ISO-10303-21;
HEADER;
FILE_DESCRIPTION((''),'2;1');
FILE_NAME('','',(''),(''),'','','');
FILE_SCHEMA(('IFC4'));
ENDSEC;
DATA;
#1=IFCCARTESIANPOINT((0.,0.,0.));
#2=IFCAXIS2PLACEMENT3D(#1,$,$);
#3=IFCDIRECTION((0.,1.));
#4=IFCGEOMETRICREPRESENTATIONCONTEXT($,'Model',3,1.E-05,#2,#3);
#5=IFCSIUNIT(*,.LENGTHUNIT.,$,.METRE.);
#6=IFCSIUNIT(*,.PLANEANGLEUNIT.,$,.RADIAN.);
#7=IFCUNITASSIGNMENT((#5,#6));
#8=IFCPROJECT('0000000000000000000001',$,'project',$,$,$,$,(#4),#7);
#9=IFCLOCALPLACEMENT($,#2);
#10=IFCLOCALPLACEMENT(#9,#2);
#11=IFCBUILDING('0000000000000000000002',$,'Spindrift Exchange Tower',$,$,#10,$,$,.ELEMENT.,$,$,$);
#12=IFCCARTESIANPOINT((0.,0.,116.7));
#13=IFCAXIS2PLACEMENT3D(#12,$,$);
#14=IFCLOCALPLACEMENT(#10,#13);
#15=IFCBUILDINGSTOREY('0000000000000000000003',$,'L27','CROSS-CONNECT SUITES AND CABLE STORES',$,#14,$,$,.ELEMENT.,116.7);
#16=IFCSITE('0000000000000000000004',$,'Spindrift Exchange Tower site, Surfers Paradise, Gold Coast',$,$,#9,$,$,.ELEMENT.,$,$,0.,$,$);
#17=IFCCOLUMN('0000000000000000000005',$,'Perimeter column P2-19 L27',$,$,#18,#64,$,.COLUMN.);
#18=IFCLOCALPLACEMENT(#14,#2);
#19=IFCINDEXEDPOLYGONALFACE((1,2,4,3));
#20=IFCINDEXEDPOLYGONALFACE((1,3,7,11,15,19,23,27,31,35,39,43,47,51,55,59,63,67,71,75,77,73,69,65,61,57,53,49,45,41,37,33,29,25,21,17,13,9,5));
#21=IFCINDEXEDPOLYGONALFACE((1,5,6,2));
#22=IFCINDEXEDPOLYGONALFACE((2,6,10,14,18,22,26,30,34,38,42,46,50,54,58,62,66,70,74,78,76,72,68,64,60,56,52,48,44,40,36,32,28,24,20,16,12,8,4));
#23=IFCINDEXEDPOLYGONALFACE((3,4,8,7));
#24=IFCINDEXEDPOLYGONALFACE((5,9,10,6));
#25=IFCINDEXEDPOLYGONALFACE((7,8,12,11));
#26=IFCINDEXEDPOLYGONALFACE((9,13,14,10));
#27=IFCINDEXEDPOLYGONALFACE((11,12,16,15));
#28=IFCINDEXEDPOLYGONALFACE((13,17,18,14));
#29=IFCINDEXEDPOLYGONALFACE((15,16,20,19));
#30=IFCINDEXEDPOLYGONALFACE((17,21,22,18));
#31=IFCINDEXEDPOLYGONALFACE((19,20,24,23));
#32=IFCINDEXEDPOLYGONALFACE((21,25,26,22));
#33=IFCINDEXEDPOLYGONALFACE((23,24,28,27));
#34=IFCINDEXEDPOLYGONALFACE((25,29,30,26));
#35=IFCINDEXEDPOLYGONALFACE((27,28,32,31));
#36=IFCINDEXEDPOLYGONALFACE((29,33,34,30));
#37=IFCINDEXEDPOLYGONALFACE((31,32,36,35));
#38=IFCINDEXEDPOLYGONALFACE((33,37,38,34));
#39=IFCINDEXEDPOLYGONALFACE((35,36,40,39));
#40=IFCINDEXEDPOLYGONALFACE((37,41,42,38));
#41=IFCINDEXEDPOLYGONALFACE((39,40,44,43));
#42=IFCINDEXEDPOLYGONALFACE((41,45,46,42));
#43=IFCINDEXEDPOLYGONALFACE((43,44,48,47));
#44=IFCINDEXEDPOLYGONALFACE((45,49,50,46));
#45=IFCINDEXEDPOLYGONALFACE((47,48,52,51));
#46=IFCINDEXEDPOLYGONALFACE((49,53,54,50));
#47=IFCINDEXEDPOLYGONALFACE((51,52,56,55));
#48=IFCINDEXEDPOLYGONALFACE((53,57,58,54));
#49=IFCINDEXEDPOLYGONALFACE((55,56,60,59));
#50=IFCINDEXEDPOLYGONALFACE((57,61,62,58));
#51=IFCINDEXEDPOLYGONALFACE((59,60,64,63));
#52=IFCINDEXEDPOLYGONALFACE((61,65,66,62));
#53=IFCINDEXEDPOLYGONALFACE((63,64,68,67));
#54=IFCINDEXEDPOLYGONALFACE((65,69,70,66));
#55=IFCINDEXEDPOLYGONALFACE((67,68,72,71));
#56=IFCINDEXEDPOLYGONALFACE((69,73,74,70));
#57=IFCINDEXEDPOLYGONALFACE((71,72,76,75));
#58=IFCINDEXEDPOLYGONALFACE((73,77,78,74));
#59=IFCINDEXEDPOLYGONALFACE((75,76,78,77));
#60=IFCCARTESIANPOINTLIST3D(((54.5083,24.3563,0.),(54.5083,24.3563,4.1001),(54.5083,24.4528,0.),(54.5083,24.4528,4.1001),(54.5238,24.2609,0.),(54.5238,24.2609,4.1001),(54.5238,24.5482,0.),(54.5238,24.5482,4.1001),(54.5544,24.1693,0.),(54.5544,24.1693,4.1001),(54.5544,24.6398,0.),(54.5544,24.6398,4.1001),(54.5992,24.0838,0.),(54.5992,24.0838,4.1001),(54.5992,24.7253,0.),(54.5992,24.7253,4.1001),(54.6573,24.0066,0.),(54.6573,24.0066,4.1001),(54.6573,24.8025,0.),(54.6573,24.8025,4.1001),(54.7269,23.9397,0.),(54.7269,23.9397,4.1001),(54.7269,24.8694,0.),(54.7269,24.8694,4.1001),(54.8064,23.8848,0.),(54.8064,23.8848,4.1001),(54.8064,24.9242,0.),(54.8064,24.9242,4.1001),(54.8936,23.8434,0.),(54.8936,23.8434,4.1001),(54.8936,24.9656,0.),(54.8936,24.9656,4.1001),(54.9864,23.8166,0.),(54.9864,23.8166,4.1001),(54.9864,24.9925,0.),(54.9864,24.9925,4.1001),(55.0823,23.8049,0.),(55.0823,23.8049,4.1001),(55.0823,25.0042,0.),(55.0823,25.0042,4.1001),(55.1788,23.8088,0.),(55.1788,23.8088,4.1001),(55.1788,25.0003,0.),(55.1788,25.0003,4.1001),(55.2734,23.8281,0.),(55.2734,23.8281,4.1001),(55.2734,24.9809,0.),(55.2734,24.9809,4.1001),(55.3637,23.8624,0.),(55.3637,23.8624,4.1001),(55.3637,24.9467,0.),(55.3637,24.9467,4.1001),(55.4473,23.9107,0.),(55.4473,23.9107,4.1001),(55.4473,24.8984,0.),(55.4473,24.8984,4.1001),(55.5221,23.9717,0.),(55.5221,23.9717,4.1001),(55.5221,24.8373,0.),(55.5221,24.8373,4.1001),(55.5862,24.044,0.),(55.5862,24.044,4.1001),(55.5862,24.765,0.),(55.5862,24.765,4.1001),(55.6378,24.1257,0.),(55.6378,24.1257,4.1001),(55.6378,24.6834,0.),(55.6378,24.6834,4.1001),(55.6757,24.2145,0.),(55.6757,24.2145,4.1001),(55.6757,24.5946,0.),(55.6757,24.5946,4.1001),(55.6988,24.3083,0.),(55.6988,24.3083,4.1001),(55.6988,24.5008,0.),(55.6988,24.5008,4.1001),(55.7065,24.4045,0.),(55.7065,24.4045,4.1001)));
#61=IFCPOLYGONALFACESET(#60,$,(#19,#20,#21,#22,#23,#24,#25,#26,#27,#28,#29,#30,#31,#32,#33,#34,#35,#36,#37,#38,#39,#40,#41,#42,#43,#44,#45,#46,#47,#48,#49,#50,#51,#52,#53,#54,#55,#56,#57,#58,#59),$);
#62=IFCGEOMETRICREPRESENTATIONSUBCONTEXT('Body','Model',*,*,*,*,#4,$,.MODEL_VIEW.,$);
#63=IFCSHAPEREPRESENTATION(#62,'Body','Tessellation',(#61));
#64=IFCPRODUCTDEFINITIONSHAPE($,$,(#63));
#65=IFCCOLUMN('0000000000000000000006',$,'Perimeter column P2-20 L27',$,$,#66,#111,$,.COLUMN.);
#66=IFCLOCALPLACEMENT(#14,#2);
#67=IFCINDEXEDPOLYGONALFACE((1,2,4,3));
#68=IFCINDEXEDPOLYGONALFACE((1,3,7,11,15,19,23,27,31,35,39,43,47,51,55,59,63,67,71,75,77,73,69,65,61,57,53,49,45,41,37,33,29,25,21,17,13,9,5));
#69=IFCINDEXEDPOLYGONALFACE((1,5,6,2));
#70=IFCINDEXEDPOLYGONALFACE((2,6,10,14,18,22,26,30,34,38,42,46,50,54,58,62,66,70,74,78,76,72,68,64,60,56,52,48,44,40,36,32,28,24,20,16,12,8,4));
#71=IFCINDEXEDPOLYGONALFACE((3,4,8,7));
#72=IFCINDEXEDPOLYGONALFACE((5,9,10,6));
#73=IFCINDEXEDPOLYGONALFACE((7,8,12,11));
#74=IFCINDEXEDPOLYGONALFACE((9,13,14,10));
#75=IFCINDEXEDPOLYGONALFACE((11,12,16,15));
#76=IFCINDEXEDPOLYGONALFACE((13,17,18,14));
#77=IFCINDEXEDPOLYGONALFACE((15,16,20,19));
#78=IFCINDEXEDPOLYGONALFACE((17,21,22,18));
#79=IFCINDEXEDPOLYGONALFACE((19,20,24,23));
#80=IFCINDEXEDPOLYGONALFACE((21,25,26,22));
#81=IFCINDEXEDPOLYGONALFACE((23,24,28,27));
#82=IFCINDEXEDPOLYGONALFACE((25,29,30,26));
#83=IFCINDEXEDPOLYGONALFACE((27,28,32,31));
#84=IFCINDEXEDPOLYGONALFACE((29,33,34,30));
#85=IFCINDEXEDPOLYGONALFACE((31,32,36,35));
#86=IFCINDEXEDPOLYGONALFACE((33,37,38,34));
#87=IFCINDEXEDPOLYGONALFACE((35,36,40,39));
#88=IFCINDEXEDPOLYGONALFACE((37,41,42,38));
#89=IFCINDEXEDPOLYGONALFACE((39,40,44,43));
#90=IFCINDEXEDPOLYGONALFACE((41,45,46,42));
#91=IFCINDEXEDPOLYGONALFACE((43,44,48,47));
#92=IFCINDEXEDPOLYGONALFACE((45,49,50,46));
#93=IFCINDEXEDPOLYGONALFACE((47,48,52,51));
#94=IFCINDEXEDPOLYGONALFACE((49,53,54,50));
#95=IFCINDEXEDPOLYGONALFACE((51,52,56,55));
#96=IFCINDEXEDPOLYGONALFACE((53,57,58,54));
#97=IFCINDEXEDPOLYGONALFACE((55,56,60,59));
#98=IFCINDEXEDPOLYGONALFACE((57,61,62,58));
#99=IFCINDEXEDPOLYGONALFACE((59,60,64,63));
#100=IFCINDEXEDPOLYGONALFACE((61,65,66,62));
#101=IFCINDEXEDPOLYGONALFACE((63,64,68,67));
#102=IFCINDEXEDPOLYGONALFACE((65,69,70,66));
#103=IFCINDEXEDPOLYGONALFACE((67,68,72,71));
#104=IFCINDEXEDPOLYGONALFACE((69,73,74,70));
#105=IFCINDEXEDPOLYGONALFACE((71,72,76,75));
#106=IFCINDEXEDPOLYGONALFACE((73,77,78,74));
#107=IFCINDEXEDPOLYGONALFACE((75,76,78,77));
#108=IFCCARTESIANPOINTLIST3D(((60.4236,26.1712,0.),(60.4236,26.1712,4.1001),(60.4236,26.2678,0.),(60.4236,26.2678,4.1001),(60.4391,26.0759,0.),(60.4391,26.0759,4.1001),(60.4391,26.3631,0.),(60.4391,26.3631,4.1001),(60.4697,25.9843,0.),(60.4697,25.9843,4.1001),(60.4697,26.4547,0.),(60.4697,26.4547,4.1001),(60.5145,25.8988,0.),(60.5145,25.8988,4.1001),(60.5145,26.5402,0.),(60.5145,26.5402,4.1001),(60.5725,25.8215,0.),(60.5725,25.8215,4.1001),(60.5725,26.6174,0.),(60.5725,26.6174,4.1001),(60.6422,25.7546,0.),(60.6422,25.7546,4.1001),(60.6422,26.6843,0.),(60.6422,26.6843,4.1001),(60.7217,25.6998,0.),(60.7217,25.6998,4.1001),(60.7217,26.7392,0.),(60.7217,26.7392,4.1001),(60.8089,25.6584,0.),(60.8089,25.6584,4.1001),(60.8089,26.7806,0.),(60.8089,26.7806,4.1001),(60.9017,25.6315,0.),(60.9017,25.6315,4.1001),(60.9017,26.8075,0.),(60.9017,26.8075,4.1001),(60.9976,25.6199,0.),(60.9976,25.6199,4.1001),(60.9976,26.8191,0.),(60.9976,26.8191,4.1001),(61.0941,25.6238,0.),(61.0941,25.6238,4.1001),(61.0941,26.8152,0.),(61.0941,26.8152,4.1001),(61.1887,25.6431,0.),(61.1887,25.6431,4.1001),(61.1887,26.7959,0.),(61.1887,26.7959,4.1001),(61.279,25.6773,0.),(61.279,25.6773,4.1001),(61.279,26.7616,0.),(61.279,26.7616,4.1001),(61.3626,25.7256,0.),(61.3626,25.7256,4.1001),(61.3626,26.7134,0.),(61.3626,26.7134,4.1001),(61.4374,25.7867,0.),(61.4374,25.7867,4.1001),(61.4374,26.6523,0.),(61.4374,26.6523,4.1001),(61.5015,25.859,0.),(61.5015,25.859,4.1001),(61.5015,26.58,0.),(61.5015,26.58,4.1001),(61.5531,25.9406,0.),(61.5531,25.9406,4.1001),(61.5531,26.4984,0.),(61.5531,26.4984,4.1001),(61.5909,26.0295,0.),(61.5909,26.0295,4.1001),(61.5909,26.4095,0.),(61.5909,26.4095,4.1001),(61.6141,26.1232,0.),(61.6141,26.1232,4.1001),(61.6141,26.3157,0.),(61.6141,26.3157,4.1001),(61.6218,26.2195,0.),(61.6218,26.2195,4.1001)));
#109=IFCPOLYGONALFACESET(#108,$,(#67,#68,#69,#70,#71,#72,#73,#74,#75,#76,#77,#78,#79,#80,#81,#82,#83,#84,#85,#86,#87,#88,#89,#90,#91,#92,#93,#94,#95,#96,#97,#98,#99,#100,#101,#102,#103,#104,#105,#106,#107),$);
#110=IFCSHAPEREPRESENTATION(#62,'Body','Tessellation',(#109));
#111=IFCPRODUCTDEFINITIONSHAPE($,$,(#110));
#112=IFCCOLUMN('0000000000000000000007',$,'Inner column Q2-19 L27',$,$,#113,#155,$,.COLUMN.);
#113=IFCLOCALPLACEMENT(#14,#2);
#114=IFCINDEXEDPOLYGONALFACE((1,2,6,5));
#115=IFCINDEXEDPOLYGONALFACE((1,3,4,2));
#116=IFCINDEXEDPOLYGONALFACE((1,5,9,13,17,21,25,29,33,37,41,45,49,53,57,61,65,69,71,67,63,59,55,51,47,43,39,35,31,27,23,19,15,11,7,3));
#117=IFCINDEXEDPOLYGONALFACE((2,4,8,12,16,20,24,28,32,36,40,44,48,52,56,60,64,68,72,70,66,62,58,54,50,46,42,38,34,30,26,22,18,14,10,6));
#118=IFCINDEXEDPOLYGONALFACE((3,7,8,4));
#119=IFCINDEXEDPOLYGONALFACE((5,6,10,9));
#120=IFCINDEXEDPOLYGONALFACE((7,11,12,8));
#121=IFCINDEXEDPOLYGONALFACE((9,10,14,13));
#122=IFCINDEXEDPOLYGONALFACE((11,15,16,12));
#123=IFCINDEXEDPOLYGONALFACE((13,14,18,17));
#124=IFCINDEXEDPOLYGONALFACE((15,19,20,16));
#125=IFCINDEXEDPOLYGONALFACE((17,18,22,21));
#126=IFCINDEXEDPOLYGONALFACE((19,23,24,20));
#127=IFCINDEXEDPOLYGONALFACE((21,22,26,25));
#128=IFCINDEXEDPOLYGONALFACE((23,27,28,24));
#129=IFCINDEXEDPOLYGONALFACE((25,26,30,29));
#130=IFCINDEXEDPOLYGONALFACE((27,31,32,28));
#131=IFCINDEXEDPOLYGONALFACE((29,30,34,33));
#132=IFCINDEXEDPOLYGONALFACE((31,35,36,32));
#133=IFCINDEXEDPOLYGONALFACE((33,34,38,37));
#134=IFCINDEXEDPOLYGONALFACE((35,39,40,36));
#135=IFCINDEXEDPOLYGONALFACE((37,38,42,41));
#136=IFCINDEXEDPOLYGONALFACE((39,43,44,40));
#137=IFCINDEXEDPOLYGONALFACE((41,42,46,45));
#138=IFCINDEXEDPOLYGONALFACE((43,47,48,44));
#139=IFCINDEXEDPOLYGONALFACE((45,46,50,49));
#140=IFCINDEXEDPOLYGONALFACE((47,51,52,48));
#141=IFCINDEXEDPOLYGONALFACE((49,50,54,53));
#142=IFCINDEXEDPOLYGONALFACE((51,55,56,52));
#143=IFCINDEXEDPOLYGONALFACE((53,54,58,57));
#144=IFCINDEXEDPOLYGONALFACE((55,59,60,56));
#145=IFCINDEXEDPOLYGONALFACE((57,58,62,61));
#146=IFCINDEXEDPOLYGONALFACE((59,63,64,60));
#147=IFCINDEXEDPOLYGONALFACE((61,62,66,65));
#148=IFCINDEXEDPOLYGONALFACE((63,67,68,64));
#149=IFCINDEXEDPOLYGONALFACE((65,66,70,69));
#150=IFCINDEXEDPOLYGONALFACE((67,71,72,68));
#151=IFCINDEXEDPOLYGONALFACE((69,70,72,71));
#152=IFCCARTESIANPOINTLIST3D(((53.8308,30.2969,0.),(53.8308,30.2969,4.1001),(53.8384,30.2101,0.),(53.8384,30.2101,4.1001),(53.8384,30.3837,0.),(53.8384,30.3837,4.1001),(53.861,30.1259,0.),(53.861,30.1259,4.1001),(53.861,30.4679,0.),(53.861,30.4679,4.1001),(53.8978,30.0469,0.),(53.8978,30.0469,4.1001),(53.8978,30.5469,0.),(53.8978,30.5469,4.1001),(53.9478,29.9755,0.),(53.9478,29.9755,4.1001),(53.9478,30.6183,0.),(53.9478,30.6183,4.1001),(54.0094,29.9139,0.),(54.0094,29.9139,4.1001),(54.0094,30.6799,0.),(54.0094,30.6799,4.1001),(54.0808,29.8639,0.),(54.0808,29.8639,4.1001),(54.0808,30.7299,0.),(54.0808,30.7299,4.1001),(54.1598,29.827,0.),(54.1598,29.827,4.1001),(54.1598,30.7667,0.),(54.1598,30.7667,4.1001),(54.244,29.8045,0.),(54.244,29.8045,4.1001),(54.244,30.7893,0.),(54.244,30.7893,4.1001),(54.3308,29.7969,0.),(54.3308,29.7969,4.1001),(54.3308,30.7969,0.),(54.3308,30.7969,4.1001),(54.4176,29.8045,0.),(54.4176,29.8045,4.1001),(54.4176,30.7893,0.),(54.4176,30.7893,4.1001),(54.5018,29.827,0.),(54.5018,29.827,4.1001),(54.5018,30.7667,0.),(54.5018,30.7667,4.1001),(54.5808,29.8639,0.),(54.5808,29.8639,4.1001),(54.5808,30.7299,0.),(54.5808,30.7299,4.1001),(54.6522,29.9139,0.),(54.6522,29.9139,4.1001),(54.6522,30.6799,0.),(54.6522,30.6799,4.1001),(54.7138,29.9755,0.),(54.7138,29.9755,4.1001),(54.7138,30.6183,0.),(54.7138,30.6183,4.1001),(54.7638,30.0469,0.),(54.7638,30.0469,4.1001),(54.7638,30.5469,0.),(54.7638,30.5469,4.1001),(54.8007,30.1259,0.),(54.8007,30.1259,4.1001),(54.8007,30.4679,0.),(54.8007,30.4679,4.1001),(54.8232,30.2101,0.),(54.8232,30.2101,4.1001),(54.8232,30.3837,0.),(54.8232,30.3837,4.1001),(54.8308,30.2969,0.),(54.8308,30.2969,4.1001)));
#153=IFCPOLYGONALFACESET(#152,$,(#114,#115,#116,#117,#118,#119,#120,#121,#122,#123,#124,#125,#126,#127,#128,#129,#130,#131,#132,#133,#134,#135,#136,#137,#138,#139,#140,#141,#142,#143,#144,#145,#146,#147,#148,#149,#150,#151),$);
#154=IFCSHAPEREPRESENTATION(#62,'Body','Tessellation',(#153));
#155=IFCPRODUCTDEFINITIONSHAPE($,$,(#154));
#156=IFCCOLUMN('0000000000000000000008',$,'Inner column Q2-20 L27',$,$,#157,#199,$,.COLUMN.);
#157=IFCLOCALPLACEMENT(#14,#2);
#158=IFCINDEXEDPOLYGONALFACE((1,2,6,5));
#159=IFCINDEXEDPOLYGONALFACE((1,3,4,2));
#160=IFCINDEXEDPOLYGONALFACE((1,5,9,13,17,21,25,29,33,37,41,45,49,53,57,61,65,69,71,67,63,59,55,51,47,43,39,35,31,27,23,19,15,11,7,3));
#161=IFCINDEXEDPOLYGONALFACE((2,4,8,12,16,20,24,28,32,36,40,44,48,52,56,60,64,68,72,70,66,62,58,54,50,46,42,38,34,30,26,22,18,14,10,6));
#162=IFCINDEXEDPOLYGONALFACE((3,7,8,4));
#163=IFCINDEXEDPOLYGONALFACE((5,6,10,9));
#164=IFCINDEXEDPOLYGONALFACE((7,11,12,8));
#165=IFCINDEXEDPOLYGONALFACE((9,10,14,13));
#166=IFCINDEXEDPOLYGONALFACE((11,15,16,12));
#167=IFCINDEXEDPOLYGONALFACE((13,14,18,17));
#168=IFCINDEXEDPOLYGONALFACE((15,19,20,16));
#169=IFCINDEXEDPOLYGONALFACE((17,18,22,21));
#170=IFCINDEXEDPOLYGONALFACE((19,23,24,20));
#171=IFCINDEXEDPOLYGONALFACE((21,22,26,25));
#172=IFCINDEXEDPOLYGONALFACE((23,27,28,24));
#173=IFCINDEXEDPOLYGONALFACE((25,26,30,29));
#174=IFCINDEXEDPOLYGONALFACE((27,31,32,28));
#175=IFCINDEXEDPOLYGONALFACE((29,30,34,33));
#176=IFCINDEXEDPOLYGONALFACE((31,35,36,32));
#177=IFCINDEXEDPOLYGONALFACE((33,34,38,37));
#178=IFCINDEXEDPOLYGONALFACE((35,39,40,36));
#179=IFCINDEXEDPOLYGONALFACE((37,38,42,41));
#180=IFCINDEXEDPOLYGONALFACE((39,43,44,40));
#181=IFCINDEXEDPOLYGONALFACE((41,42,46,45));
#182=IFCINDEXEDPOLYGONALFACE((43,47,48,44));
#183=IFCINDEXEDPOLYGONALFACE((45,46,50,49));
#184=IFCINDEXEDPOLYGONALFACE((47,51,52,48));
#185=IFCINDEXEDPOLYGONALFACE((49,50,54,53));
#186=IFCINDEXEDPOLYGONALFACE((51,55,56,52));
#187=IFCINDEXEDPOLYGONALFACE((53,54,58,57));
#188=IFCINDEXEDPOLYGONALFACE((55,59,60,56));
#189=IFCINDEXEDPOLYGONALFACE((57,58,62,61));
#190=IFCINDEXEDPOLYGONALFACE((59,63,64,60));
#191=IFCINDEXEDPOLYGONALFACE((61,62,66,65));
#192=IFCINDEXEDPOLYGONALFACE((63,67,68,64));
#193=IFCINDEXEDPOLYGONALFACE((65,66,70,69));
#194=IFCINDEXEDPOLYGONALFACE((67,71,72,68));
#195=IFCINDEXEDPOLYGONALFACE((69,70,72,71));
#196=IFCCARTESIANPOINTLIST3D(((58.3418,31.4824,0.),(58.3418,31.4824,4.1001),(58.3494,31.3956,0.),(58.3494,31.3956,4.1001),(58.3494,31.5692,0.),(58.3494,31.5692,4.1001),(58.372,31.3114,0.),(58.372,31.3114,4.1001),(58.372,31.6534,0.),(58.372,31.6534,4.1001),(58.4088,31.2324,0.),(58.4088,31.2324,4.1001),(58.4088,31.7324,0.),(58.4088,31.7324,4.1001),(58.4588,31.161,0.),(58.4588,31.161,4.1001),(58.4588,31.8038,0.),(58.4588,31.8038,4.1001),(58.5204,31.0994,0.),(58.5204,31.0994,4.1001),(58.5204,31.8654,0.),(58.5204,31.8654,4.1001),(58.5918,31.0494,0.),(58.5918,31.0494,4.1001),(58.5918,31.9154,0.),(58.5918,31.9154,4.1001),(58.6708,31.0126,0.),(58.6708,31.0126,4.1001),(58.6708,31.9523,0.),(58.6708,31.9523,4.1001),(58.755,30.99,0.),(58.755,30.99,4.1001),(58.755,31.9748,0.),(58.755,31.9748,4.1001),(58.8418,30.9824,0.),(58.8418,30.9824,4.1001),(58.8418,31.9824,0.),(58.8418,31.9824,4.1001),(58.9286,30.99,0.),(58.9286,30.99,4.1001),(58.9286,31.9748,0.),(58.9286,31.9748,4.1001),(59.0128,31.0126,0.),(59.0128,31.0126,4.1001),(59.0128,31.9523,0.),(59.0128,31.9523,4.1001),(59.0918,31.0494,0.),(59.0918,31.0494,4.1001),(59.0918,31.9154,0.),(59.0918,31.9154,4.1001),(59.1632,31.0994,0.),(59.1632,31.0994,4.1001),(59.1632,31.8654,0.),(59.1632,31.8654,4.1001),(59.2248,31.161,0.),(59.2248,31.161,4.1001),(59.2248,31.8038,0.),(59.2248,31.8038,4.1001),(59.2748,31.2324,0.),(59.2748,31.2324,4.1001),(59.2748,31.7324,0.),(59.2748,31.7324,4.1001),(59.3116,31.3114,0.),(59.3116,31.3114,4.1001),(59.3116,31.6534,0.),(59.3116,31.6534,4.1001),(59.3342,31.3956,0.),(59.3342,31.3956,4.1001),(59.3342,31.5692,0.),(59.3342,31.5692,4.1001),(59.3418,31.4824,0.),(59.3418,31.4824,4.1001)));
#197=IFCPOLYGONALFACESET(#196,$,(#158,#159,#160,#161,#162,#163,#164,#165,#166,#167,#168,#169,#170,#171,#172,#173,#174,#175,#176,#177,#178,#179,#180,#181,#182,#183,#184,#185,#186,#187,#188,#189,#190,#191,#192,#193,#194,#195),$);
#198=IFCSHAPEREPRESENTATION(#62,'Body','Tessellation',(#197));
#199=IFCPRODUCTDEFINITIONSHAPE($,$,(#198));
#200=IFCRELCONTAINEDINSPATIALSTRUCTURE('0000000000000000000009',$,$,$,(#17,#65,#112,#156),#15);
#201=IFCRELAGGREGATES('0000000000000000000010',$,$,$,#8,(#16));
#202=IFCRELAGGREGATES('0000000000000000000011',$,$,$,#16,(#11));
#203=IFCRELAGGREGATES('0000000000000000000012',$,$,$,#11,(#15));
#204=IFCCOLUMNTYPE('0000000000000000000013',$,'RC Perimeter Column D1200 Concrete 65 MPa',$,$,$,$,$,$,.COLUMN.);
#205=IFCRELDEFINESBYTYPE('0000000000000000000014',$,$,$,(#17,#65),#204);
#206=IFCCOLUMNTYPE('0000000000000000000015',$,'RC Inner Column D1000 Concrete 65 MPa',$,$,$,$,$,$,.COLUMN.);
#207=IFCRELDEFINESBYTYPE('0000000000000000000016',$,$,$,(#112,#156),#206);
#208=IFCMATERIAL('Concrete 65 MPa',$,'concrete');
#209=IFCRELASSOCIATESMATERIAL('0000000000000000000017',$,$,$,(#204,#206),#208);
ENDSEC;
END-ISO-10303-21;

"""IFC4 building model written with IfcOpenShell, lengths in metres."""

from ifc_helpers import new_model, si_unit, direction, frame, origin, origin_2d, place, context, subcontext, project, spatial, circle, extrude, source, transform, mapped, material, material_profile, profile_set, type_object, element, save


model = new_model("IFC4")

# Units and contexts
model_context = context("Model", 3, precision=1e-05, world=origin(), true_north=direction((0.0, 1.0)))
body_context = subcontext(model_context, "Body", "Model", "MODEL_VIEW")
ifc_project = project(units=[si_unit("LENGTHUNIT", "METRE"), si_unit("PLANEANGLEUNIT", "RADIAN")], contexts=[model_context])

# Site, building, storey
site_placement = place(None, origin())
site = spatial("IfcSite", under=ifc_project, at=site_placement, Name="Spindrift Exchange Tower site, Surfers Paradise, Gold Coast", CompositionType="ELEMENT", RefElevation=0.0)
building_placement = place(site_placement, origin())
building = spatial("IfcBuilding", under=site, at=building_placement, Name="Spindrift Exchange Tower", CompositionType="ELEMENT")
storey_placement = place(building_placement, frame((0.0, 0.0, 116.7)))
storey = spatial("IfcBuildingStorey", under=building, at=storey_placement, Name="L27", Description="CROSS-CONNECT SUITES AND CABLE STORES", CompositionType="ELEMENT", Elevation=116.7)

# Columns
ifc_material_1 = material(Name="Concrete 65 MPa", Category="concrete")
ifc_material_profile_1 = material_profile(ifc_material_1, circle(Radius=0.6001, at=origin_2d()), Name="RC D1200")
ifc_profile_set_1 = profile_set([ifc_material_profile_1], Name="Concrete 65 MPa")
column_type_1 = type_object("IfcColumnType", Name="RC Perimeter Column D1200 Concrete 65 MPa", PredefinedType="COLUMN", material=ifc_profile_set_1)
shared_shape_1 = source(origin(), body_context, "Body", "SweptSolid", [
    extrude(circle(Radius=0.6001, at=origin_2d()), origin(), (0.0, 0.0, 1.0), 4.1001),
])
for number, where, z_axis, x_axis, name in (
    (1, (55.1064, 24.4045, 0.0), (0.0, 0.0, 1.0), (1.0, 0.0, 0.0), "Perimeter column P2-19 L27"),
    (2, (61.0217, 26.2195, 0.0), (0.0, 0.0, 1.0), (1.0, 0.0, 0.0), "Perimeter column P2-20 L27"),
):
    element("IfcColumn", number, at=place(storey_placement, frame(where, z_axis=z_axis, x_axis=x_axis)), inside=storey, type_object=column_type_1, Name=name, PredefinedType="COLUMN", context=body_context, shape_type="MappedRepresentation", body=[
        mapped(shared_shape_1, transform((0.0, 0.0, 0.0), scale=1.0)),
    ])
ifc_material_profile_2 = material_profile(ifc_material_1, circle(Radius=0.5, at=origin_2d()), Name="RC D1000")
ifc_profile_set_2 = profile_set([ifc_material_profile_2], Name="Concrete 65 MPa")
column_type_2 = type_object("IfcColumnType", Name="RC Inner Column D1000 Concrete 65 MPa", PredefinedType="COLUMN", material=ifc_profile_set_2)
shared_shape_2 = source(origin(), body_context, "Body", "SweptSolid", [
    extrude(circle(Radius=0.5, at=origin_2d()), origin(), (0.0, 0.0, 1.0), 4.1001),
])
for number, where, z_axis, x_axis, name in (
    (3, (54.3308, 30.2969, 0.0), (0.0, 0.0, 1.0), (1.0, 0.0, 0.0), "Inner column Q2-19 L27"),
    (4, (58.8418, 31.4824, 0.0), (0.0, 0.0, 1.0), (1.0, 0.0, 0.0), "Inner column Q2-20 L27"),
):
    element("IfcColumn", number, at=place(storey_placement, frame(where, z_axis=z_axis, x_axis=x_axis)), inside=storey, type_object=column_type_2, Name=name, PredefinedType="COLUMN", context=body_context, shape_type="MappedRepresentation", body=[
        mapped(shared_shape_2, transform((0.0, 0.0, 0.0), scale=1.0)),
    ])

save(model, "model.ifc")
